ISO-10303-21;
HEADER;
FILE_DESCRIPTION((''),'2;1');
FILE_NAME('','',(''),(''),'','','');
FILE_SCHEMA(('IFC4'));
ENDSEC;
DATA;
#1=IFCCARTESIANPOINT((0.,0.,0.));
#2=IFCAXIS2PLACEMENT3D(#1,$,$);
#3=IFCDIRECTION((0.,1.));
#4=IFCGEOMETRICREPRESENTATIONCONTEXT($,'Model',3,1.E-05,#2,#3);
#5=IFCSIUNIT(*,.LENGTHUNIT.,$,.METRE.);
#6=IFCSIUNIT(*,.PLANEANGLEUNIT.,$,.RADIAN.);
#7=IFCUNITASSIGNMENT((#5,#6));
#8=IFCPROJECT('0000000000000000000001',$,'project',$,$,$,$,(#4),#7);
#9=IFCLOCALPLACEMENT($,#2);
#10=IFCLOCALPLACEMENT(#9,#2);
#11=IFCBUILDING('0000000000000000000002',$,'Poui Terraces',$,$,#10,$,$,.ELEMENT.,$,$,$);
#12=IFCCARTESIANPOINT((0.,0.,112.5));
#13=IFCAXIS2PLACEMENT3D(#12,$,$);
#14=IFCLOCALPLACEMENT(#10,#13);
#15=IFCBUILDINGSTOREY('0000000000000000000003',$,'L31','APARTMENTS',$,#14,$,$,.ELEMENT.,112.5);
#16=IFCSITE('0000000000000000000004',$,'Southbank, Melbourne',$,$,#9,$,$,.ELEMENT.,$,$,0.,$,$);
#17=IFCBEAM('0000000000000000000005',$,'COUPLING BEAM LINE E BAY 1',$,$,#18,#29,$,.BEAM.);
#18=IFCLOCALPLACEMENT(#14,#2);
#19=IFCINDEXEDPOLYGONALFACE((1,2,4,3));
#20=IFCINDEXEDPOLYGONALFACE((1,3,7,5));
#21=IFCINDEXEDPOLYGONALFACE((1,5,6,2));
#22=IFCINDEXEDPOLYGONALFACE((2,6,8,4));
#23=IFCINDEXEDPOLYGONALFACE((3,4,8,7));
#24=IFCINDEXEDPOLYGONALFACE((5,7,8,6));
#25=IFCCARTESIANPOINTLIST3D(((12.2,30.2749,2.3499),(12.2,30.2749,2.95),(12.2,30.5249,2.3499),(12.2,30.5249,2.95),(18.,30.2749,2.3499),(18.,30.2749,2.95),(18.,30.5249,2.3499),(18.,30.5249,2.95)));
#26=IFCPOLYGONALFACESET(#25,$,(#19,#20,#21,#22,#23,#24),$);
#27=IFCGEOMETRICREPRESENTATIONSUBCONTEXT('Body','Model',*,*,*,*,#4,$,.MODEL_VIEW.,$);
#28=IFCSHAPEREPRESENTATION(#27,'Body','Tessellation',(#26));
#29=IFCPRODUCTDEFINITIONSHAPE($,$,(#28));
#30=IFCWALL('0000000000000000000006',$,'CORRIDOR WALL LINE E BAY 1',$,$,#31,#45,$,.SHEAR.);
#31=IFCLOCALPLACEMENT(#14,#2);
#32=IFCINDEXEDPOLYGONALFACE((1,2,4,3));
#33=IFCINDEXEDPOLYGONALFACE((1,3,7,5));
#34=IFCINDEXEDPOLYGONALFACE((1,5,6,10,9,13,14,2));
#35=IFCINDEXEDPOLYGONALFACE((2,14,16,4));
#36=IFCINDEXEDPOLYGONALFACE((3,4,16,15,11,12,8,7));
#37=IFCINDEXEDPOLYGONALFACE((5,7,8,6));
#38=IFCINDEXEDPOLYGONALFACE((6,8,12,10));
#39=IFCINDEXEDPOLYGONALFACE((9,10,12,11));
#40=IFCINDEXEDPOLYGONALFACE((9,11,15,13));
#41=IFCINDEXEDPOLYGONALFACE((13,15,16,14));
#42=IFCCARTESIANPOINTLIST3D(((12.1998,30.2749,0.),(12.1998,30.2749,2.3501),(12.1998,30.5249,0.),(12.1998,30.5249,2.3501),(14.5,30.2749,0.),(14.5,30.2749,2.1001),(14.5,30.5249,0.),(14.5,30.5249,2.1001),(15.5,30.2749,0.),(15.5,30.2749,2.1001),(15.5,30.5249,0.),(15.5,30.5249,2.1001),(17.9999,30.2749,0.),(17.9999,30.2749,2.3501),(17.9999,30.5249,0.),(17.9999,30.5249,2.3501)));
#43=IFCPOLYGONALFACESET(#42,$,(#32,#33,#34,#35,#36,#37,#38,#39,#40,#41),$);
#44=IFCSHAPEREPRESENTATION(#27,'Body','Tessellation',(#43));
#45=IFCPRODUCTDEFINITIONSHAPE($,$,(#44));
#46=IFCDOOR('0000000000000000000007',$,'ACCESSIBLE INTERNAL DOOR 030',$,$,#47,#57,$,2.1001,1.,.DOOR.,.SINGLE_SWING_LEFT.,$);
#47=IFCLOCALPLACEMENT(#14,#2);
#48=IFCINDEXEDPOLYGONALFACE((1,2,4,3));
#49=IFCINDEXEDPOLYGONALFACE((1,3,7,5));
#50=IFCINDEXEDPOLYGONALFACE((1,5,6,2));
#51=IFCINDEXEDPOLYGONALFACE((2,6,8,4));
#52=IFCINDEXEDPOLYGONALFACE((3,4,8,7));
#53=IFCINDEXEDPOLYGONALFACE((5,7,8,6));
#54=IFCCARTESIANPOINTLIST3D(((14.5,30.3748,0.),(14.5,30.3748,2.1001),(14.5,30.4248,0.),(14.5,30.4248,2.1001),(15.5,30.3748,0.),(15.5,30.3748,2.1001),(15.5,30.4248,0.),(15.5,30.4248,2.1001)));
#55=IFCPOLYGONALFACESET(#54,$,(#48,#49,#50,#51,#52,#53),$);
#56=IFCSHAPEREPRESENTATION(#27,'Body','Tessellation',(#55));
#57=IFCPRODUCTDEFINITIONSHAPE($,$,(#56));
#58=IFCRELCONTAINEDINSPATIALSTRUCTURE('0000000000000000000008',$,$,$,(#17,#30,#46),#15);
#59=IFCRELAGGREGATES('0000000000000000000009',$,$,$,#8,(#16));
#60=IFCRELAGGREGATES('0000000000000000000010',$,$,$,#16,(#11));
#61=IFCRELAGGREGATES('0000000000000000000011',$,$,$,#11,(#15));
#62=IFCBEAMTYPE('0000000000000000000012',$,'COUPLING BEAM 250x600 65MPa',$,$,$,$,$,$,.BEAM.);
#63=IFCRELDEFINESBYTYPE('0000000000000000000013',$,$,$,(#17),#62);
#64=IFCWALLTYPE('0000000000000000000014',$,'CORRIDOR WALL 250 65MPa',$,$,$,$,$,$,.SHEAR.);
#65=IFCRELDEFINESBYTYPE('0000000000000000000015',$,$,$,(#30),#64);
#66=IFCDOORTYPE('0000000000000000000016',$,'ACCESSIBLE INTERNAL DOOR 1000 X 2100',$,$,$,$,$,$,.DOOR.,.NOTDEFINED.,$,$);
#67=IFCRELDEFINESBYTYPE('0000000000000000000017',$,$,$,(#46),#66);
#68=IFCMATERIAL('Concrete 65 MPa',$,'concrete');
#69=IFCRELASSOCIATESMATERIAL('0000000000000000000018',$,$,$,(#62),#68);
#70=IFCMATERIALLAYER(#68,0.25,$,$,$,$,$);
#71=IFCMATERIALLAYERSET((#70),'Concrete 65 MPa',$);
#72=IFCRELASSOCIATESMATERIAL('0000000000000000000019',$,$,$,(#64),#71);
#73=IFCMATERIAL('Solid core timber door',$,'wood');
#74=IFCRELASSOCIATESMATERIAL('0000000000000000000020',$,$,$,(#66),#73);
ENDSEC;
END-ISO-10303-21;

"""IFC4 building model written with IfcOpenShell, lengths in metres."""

from ifc_helpers import new_model, si_unit, direction, frame, frame_2d, origin, origin_2d, place, context, subcontext, project, spatial, rectangle, extrude, source, transform, mapped, material, layer, layer_set, material_profile, profile_set, type_object, element, fill, save


model = new_model("IFC4")

# Units and contexts
model_context = context("Model", 3, precision=1e-05, world=origin(), true_north=direction((0.0, 1.0)))
body_context = subcontext(model_context, "Body", "Model", "MODEL_VIEW")
ifc_project = project(units=[si_unit("LENGTHUNIT", "METRE"), si_unit("PLANEANGLEUNIT", "RADIAN")], contexts=[model_context])

# Site, building, storey
site_placement = place(None, origin())
site = spatial("IfcSite", under=ifc_project, at=site_placement, Name="Southbank, Melbourne", CompositionType="ELEMENT", RefElevation=0.0)
building_placement = place(site_placement, origin())
building = spatial("IfcBuilding", under=site, at=building_placement, Name="Poui Terraces", CompositionType="ELEMENT")
storey_placement = place(building_placement, frame((0.0, 0.0, 112.5)))
storey = spatial("IfcBuildingStorey", under=building, at=storey_placement, Name="L31", Description="APARTMENTS", CompositionType="ELEMENT", Elevation=112.5)

# Beam
ifc_material_1 = material(Name="Concrete 65 MPa", Category="concrete")
ifc_material_profile = material_profile(ifc_material_1, rectangle(XDim=0.25, YDim=0.6001, at=origin_2d()), Name="RC 250x600")
ifc_profile_set = profile_set([ifc_material_profile], Name="Concrete 65 MPa")
beam_type = type_object("IfcBeamType", Name="COUPLING BEAM 250x600 65MPa", PredefinedType="BEAM", material=ifc_profile_set)
shared_shape = source(origin(), body_context, "Body", "SweptSolid", [
    extrude(rectangle(XDim=0.25, YDim=0.6001, at=origin_2d()), origin(), (0.0, 0.0, 1.0), 5.8),
])
beam_placement = place(storey_placement, frame((12.2, 30.3999, 2.6499), z_axis=(1.0, 0.0, 0.0), x_axis=(0.0, 1.0, 0.0)))
element("IfcBeam", 1, at=beam_placement, inside=storey, type_object=beam_type, Name="COUPLING BEAM LINE E BAY 1", PredefinedType="BEAM", context=body_context, shape_type="MappedRepresentation", body=[
    mapped(shared_shape, transform((0.0, 0.0, 0.0))),
])

# Wall, opening, door
ifc_layer_1 = layer(ifc_material_1, 0.25)
ifc_layer_set_1 = layer_set([ifc_layer_1], Name="Concrete 65 MPa")
wall_type_1 = type_object("IfcWallType", Name="CORRIDOR WALL 250 65MPa", PredefinedType="SHEAR", material=ifc_layer_set_1)
wall_1_placement = place(storey_placement, frame((12.2, 30.3999, 0.0), z_axis=(0.0, 0.0, 1.0), x_axis=(1.0, 0.0, 0.0)))
wall_1 = element("IfcWall", 2, at=wall_1_placement, inside=storey, type_object=wall_type_1, Name="CORRIDOR WALL LINE E BAY 1", PredefinedType="SHEAR", context=body_context, shape_type="SweptSolid", body=[
    extrude(rectangle(XDim=5.8, YDim=0.25, at=frame_2d((2.8999, 0.0))), origin(), (0.0, 0.0, 1.0), 2.3501),
])
opening_1_placement = place(wall_1_placement, frame((2.3, 0.0, 0.0)))
opening_1 = element("IfcOpeningElement", 3, at=opening_1_placement, cuts=wall_1, PredefinedType="OPENING", context=body_context, shape_type="SweptSolid", body=[
    extrude(rectangle(XDim=1.0, YDim=2.1001, at=frame_2d((0.5, 1.05))), frame((0.0, 0.135, 0.0), z_axis=(0.0, -1.0, 0.0), x_axis=(1.0, 0.0, 0.0)), (0.0, 0.0, 1.0), 0.27),
])
ifc_material_2 = material(Name="Solid core timber door", Category="wood")
door_type_1 = type_object("IfcDoorType", Name="ACCESSIBLE INTERNAL DOOR 1000 X 2100", OperationType="NOTDEFINED", PredefinedType="DOOR", material=ifc_material_2)
door_1_placement = place(opening_1_placement, origin())
door_1 = element("IfcDoor", 4, at=door_1_placement, inside=storey, type_object=door_type_1, Name="ACCESSIBLE INTERNAL DOOR 030", OperationType="SINGLE_SWING_LEFT", OverallHeight=2.1001, OverallWidth=1.0, PredefinedType="DOOR", context=body_context, shape_type="SweptSolid", body=[
    extrude(rectangle(XDim=1.0, YDim=2.1001, at=frame_2d((0.5, 1.05))), frame((0.0, 0.0249, 0.0), z_axis=(0.0, -1.0, 0.0), x_axis=(1.0, 0.0, 0.0)), (0.0, 0.0, 1.0), 0.05),
])
fill(opening_1, door_1)

save(model, "model.ifc")
